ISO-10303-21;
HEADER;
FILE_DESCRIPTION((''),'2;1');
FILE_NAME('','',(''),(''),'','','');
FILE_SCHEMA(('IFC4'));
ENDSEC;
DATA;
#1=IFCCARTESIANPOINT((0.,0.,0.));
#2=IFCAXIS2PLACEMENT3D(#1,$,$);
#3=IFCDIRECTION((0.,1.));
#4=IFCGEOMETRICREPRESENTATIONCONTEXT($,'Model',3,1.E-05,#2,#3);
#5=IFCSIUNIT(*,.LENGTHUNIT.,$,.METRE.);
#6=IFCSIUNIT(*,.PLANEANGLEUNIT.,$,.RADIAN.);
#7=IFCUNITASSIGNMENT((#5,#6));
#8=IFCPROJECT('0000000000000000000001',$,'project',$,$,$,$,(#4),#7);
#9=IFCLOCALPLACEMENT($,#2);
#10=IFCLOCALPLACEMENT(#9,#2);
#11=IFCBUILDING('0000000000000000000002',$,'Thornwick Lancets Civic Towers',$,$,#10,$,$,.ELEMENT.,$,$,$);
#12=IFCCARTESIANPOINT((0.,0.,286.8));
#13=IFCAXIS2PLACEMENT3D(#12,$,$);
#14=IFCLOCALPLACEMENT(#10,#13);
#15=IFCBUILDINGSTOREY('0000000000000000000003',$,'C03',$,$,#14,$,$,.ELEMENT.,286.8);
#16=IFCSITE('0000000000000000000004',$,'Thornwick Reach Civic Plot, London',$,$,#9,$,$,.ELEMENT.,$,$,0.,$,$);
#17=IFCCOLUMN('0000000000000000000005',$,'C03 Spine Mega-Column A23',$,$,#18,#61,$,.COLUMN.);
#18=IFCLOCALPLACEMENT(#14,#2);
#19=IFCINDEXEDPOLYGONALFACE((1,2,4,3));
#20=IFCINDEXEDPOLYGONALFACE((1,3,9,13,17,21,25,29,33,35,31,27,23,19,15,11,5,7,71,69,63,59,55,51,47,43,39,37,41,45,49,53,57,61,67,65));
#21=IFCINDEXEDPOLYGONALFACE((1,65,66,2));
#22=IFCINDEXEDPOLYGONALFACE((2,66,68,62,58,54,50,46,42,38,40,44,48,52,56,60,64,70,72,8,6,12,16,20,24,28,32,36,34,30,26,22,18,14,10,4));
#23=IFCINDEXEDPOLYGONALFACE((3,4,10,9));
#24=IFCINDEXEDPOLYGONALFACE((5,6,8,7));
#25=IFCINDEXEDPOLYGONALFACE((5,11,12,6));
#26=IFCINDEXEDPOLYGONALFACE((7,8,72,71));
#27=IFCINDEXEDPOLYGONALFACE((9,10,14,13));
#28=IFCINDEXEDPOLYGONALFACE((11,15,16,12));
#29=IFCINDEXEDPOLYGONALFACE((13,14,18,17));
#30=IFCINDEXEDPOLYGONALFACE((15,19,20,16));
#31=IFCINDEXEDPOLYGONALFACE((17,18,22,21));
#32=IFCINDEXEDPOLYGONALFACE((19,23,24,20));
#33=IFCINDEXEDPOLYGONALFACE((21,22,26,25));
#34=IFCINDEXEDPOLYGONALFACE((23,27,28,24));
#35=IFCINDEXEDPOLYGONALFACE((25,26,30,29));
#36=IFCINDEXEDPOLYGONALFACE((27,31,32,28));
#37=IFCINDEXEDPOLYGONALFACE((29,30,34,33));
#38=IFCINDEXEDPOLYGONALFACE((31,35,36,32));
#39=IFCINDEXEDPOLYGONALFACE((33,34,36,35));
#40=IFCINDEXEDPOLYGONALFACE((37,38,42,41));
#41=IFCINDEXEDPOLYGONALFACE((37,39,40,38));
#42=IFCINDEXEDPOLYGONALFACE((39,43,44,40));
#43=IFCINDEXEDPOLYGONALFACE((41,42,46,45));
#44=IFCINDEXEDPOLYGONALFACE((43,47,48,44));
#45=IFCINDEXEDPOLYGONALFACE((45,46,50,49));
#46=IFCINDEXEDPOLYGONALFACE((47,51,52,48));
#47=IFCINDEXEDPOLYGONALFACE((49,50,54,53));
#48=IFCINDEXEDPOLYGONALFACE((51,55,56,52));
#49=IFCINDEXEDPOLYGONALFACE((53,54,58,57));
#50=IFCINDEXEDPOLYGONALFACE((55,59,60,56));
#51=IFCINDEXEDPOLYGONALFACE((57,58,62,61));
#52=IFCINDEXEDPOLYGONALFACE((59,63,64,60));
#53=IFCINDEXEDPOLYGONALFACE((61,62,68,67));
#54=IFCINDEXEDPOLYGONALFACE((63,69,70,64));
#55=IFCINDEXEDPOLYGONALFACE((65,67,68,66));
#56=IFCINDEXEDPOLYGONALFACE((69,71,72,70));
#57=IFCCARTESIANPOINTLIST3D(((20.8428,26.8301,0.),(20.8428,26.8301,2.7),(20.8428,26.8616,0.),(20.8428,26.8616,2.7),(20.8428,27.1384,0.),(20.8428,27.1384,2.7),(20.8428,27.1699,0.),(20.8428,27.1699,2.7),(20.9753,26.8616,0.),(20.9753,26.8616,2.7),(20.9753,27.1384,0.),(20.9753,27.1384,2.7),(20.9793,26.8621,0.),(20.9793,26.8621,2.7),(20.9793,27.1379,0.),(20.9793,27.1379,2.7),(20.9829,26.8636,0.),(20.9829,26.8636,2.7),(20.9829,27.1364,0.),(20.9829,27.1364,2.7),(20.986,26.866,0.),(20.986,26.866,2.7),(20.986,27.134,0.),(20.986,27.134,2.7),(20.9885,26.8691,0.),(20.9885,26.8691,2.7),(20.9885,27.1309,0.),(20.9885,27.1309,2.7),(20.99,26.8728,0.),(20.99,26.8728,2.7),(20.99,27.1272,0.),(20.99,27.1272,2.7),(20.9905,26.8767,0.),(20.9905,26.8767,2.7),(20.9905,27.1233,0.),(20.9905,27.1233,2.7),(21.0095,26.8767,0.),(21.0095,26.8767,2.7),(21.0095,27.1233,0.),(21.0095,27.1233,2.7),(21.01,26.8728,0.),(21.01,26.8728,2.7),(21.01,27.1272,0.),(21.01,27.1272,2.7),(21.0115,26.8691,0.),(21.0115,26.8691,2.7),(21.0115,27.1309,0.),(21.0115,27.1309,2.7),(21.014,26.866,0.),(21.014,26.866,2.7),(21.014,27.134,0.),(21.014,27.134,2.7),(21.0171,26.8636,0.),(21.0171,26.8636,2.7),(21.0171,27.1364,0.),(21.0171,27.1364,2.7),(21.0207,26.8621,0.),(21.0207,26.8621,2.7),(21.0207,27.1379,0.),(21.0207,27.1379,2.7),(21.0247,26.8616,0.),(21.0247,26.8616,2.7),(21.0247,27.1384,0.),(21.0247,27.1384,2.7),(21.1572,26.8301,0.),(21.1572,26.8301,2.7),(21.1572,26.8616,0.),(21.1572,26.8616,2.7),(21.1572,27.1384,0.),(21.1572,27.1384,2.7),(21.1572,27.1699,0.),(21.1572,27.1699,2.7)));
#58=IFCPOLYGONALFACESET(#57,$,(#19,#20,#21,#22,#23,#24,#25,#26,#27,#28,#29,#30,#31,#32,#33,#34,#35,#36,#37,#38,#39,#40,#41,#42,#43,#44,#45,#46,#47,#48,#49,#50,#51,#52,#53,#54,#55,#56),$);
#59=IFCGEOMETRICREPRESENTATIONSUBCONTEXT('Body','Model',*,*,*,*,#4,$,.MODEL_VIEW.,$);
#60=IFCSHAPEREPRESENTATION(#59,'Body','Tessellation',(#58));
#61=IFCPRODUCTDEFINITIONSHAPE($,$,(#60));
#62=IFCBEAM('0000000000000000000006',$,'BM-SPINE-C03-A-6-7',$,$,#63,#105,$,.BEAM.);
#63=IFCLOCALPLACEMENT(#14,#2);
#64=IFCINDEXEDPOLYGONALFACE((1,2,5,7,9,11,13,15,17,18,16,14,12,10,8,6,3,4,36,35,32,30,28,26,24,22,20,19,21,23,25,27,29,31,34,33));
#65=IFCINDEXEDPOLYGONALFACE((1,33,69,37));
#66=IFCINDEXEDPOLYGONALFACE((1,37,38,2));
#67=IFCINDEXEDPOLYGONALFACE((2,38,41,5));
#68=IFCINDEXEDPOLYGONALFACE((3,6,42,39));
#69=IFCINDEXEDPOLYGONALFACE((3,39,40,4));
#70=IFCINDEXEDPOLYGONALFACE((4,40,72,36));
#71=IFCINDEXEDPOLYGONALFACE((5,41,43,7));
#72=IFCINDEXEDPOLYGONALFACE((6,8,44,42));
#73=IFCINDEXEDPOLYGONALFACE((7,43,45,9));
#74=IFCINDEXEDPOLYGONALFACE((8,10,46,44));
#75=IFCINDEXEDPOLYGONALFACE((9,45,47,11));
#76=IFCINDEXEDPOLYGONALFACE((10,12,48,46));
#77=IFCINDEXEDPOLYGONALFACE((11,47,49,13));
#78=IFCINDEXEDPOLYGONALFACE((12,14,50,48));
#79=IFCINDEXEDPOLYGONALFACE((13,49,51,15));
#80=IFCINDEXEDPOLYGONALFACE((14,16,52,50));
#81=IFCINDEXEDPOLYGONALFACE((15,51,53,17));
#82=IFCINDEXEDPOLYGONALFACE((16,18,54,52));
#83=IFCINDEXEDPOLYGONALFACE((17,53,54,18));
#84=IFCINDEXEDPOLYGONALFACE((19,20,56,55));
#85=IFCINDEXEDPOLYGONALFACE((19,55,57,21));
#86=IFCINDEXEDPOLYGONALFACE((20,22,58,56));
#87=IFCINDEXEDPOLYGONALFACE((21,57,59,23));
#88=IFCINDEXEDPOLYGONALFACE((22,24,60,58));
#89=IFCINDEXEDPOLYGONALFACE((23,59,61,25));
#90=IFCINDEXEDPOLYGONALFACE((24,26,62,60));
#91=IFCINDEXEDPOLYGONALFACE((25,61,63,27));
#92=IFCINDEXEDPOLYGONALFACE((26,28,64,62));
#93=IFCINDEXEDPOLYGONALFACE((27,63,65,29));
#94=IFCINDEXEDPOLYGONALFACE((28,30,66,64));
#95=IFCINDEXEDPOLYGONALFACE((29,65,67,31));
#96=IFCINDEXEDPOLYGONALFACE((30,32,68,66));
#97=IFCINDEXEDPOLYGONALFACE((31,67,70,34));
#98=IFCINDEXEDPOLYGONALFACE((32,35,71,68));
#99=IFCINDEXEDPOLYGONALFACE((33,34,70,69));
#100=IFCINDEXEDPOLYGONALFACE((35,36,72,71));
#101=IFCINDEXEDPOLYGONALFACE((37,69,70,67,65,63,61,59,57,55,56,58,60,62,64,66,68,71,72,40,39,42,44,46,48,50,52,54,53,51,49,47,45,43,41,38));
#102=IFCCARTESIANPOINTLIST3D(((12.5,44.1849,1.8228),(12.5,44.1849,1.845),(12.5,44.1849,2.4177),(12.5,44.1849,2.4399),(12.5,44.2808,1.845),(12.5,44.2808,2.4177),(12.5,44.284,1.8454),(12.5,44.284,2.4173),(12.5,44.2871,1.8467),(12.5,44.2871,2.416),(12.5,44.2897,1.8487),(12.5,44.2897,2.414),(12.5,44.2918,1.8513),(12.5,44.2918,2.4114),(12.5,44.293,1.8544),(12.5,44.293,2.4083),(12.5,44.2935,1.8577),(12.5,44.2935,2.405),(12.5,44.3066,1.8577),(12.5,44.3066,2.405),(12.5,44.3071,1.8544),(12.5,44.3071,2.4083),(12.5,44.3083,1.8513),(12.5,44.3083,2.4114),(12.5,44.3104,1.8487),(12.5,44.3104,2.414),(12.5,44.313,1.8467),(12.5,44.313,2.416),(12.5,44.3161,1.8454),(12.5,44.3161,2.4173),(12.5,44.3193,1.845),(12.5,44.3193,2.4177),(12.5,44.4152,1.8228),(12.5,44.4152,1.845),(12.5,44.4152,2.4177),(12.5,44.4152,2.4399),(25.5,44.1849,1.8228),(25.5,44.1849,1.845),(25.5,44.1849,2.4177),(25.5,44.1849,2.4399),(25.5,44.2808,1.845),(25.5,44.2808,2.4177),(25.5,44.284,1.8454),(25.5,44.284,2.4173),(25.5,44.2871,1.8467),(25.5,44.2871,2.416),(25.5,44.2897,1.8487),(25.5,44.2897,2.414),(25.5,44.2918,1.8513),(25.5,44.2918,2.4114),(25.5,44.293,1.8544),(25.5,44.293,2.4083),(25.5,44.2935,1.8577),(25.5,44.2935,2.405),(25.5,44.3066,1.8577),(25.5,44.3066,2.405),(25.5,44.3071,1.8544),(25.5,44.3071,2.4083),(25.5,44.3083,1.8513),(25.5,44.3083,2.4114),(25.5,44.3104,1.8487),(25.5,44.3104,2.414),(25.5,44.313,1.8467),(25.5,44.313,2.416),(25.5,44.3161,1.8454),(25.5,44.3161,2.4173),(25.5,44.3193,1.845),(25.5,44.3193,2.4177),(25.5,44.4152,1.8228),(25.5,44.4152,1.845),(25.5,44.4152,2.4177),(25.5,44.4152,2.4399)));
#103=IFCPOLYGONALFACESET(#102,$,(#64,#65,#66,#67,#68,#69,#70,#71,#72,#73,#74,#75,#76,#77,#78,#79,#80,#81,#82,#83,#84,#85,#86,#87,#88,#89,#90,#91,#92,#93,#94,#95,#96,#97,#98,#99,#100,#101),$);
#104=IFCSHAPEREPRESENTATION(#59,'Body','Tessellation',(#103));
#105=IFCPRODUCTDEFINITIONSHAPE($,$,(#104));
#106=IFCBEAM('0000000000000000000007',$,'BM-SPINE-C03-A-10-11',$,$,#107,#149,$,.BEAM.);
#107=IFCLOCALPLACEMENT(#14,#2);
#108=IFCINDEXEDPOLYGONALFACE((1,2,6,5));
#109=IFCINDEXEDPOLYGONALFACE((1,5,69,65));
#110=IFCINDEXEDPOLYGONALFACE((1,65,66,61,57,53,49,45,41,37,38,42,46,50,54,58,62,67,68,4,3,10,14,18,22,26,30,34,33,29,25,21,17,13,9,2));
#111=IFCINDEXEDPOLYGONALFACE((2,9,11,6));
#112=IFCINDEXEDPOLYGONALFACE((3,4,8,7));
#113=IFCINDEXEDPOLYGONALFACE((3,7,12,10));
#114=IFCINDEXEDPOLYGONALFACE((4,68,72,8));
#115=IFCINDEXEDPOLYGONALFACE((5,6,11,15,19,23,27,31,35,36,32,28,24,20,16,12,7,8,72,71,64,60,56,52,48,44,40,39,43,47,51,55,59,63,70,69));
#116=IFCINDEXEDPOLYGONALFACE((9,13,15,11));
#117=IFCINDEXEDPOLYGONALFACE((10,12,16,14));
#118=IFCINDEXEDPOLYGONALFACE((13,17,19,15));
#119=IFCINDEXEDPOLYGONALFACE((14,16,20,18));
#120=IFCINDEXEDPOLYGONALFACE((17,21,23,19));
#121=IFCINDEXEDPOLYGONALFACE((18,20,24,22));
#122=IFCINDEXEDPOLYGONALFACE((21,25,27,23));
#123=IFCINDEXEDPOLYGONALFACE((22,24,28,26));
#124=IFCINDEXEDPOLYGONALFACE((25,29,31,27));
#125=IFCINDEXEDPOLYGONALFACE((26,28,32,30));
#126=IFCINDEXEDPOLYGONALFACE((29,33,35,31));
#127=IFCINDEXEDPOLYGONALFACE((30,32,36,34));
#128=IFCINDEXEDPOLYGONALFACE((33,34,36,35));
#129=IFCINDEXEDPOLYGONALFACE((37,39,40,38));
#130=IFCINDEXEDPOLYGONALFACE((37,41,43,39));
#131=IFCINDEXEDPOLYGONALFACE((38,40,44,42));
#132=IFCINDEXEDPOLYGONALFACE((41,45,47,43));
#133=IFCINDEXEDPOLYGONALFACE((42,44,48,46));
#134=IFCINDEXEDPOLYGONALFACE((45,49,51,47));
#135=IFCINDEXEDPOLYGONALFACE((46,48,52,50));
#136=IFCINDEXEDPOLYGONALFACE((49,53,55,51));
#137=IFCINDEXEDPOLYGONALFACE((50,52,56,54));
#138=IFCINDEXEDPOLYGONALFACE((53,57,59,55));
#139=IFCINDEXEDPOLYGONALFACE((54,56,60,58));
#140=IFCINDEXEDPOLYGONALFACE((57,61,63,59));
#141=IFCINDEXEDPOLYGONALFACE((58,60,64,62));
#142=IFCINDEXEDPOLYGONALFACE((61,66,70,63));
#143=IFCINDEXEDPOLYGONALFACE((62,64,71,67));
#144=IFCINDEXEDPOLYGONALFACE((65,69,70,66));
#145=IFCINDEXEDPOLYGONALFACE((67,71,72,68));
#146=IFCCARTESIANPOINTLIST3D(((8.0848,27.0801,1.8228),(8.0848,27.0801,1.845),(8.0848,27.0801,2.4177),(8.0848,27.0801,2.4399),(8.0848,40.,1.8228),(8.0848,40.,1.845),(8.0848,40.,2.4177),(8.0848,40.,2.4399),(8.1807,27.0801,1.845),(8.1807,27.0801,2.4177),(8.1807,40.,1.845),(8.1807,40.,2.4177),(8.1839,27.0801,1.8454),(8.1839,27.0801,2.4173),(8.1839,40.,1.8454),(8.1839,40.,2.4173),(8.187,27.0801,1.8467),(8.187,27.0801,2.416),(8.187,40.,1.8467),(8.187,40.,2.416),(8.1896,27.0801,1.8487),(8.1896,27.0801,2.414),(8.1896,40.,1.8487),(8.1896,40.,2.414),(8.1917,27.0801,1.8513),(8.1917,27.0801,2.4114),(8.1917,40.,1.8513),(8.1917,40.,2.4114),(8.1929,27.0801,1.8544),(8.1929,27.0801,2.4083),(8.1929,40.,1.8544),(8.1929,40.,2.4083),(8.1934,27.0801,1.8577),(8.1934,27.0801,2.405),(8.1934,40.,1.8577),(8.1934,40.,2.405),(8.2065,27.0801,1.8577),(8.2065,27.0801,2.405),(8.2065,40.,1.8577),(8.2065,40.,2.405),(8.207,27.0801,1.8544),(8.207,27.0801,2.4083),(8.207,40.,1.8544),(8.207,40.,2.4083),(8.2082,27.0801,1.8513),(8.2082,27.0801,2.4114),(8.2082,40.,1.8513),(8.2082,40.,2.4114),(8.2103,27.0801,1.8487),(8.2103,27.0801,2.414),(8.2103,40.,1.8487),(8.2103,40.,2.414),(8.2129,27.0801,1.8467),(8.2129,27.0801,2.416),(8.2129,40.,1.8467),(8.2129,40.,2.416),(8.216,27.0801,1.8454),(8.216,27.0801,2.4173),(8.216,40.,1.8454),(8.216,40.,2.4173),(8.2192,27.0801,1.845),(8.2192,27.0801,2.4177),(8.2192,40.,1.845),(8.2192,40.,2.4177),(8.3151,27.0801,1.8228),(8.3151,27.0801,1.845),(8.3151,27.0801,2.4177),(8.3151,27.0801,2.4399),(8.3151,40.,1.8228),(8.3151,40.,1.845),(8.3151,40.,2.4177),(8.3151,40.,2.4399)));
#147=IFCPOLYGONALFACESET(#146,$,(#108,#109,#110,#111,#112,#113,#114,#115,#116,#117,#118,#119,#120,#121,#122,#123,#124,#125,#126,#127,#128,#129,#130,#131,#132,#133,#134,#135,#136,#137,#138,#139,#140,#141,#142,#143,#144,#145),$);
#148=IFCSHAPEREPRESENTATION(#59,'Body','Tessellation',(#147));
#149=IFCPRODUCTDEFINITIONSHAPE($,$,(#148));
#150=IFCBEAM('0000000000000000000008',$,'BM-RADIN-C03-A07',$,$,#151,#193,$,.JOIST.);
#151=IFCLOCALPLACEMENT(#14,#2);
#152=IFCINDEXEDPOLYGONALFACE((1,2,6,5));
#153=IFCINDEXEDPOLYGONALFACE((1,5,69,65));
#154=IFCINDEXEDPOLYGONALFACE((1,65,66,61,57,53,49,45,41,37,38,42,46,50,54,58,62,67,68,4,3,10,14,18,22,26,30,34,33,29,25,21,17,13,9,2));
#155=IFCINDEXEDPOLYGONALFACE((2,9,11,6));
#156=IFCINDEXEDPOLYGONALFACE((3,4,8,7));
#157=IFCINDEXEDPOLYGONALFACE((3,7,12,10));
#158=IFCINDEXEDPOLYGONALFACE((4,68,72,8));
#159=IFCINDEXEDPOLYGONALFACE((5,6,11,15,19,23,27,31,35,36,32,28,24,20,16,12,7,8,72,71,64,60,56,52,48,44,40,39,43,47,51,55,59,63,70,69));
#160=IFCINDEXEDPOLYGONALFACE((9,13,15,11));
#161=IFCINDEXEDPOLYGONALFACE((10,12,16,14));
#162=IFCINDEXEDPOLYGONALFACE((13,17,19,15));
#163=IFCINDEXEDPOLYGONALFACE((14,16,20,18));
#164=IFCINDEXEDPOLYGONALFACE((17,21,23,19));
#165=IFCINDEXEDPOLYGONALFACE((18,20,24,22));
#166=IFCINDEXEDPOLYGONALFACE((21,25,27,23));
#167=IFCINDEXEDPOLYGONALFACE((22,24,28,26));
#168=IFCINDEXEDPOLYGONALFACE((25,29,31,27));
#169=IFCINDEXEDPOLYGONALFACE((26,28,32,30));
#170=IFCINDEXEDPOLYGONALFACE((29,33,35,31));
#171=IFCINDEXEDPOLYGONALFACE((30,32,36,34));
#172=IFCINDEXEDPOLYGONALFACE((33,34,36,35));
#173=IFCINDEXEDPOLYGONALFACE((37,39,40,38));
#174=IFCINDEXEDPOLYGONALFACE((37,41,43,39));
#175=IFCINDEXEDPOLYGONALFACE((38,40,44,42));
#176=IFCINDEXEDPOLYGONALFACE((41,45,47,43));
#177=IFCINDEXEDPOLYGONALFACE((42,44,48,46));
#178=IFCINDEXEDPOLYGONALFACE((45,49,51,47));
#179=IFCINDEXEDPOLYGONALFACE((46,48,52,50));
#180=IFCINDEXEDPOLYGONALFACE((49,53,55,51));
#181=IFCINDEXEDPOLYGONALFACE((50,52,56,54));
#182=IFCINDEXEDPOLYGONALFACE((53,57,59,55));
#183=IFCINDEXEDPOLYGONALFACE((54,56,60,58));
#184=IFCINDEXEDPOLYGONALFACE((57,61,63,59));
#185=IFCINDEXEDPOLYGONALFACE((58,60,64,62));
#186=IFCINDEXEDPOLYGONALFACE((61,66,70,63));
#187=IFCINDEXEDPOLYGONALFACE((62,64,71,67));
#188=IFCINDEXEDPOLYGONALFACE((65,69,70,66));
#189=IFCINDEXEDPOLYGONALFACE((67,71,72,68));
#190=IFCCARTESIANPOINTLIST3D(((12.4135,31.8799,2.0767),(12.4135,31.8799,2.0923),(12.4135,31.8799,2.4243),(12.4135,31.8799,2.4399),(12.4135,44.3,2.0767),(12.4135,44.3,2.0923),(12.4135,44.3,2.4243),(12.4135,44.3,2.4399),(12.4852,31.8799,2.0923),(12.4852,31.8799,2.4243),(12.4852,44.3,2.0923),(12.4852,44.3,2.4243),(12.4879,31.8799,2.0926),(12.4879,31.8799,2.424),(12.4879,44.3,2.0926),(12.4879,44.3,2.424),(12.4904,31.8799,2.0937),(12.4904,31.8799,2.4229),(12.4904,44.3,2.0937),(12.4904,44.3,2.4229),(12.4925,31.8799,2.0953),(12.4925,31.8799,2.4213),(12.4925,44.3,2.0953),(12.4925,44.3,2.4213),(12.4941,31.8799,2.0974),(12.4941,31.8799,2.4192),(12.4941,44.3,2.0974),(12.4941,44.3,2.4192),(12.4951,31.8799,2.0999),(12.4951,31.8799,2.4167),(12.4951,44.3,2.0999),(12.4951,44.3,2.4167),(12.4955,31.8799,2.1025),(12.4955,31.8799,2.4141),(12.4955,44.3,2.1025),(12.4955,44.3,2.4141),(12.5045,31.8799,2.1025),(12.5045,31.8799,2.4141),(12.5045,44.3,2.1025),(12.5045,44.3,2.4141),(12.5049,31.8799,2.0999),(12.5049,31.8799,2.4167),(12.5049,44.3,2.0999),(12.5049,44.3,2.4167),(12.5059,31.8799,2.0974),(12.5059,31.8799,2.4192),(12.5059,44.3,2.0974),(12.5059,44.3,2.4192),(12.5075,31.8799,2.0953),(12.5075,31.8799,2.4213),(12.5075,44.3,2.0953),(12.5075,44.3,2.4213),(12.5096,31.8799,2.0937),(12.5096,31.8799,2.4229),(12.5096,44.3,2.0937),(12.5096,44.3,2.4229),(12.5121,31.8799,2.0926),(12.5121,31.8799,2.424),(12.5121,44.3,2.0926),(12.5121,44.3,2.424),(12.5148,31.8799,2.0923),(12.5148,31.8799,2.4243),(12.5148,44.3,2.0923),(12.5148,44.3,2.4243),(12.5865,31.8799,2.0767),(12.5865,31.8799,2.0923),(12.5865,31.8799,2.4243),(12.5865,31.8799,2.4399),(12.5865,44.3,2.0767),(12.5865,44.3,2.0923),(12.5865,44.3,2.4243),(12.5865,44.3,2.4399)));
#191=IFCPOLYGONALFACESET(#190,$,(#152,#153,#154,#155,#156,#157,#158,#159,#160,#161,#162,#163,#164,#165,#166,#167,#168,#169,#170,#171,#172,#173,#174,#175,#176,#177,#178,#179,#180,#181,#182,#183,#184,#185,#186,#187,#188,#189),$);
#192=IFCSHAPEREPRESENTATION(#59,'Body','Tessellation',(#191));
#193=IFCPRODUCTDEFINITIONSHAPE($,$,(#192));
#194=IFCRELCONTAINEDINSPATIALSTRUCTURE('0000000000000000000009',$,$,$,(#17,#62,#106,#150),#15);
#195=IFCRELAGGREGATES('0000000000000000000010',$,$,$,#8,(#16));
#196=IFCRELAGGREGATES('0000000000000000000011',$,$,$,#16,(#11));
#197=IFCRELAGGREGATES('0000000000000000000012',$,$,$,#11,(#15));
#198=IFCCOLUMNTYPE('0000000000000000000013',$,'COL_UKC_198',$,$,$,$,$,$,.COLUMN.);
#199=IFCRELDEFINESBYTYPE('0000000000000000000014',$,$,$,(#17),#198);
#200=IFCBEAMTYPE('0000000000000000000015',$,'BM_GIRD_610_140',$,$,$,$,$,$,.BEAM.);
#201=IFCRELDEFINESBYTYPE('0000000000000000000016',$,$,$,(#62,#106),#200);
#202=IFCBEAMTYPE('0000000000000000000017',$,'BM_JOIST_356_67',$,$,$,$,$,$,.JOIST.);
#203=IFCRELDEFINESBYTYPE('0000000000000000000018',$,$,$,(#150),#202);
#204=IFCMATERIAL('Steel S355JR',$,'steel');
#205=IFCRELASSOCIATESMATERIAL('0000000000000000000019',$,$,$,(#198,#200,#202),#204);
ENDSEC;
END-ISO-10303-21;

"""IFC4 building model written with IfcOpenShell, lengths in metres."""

from ifc_helpers import new_model, si_unit, direction, frame, origin, origin_2d, place, context, subcontext, project, spatial, i_section, extrude, material, material_profile, profile_set, type_object, element, save


model = new_model("IFC4")

# Units and contexts
model_context = context("Model", 3, precision=1e-05, world=origin(), true_north=direction((0.0, 1.0)))
body_context = subcontext(model_context, "Body", "Model", "MODEL_VIEW")
ifc_project = project(units=[si_unit("LENGTHUNIT", "METRE"), si_unit("PLANEANGLEUNIT", "RADIAN")], contexts=[model_context])

# Site, building, storey
site_placement = place(None, origin())
site = spatial("IfcSite", under=ifc_project, at=site_placement, Name="Thornwick Reach Civic Plot, London", CompositionType="ELEMENT", RefElevation=0.0)
building_placement = place(site_placement, origin())
building = spatial("IfcBuilding", under=site, at=building_placement, Name="Thornwick Lancets Civic Towers", CompositionType="ELEMENT")
storey_placement = place(building_placement, frame((0.0, 0.0, 286.8)))
storey = spatial("IfcBuildingStorey", under=building, at=storey_placement, Name="C03", CompositionType="ELEMENT", Elevation=286.8)

# Column
ifc_material_1 = material(Name="Steel S355JR", Category="steel")
ifc_material_profile_1 = material_profile(ifc_material_1, i_section(OverallWidth=0.3145, OverallDepth=0.3398, WebThickness=0.019, FlangeThickness=0.0315, FilletRadius=0.0151, at=origin_2d()), Name="UKC 305x305x198")
ifc_profile_set_1 = profile_set([ifc_material_profile_1], Name="Steel S355JR")
column_type = type_object("IfcColumnType", Name="COL_UKC_198", PredefinedType="COLUMN", material=ifc_profile_set_1)
for number, where, z_axis, x_axis, name in (
    (1, (21.0, 27.0, 0.0), (0.0, 0.0, 1.0), (1.0, 0.0, 0.0), "C03 Spine Mega-Column A23"),
):
    element("IfcColumn", number, at=place(storey_placement, frame(where, z_axis=z_axis, x_axis=x_axis)), inside=storey, type_object=column_type, Name=name, PredefinedType="COLUMN", context=body_context, shape_type="SweptSolid", body=[
        extrude(i_section(OverallWidth=0.3145, OverallDepth=0.3398, WebThickness=0.019, FlangeThickness=0.0315, FilletRadius=0.0151, at=origin_2d()), origin(), (0.0, 0.0, 1.0), 2.7),
    ])

# Beams
ifc_material_profile_2 = material_profile(ifc_material_1, i_section(OverallWidth=0.2302, OverallDepth=0.6172, WebThickness=0.0132, FlangeThickness=0.0222, FilletRadius=0.0127, at=origin_2d()), Name="UKB 610x229x140")
ifc_profile_set_2 = profile_set([ifc_material_profile_2], Name="Steel S355JR")
beam_type_1 = type_object("IfcBeamType", Name="BM_GIRD_610_140", PredefinedType="BEAM", material=ifc_profile_set_2)
beam_1_placement = place(storey_placement, frame((12.5, 44.3, 2.1313), z_axis=(1.0, 0.0, 0.0), x_axis=(0.0, 1.0, 0.0)))
element("IfcBeam", 2, at=beam_1_placement, inside=storey, type_object=beam_type_1, Name="BM-SPINE-C03-A-6-7", PredefinedType="BEAM", context=body_context, shape_type="SweptSolid", body=[
    extrude(i_section(OverallWidth=0.2302, OverallDepth=0.6172, WebThickness=0.0132, FlangeThickness=0.0222, FilletRadius=0.0127, at=origin_2d()), origin(), (0.0, 0.0, 1.0), 13.0),
])
beam_2_placement = place(storey_placement, frame((8.2, 27.0801, 2.1313), z_axis=(0.0, 1.0, 0.0), x_axis=(-1.0, 0.0, 0.0)))
element("IfcBeam", 3, at=beam_2_placement, inside=storey, type_object=beam_type_1, Name="BM-SPINE-C03-A-10-11", PredefinedType="BEAM", context=body_context, shape_type="SweptSolid", body=[
    extrude(i_section(OverallWidth=0.2302, OverallDepth=0.6172, WebThickness=0.0132, FlangeThickness=0.0222, FilletRadius=0.0127, at=origin_2d()), origin(), (0.0, 0.0, 1.0), 12.9199),
])
ifc_material_profile_3 = material_profile(ifc_material_1, i_section(OverallWidth=0.1731, OverallDepth=0.3633, WebThickness=0.009, FlangeThickness=0.0156, FilletRadius=0.0103, at=origin_2d()), Name="UKB 356x171x67")
ifc_profile_set_3 = profile_set([ifc_material_profile_3], Name="Steel S355JR")
beam_type_2 = type_object("IfcBeamType", Name="BM_JOIST_356_67", PredefinedType="JOIST", material=ifc_profile_set_3)
beam_3_placement = place(storey_placement, frame((12.5, 31.8799, 2.2583), z_axis=(0.0, 1.0, 0.0), x_axis=(-1.0, 0.0, 0.0)))
element("IfcBeam", 4, at=beam_3_placement, inside=storey, type_object=beam_type_2, Name="BM-RADIN-C03-A07", PredefinedType="JOIST", context=body_context, shape_type="SweptSolid", body=[
    extrude(i_section(OverallWidth=0.1731, OverallDepth=0.3633, WebThickness=0.009, FlangeThickness=0.0156, FilletRadius=0.0103, at=origin_2d()), origin(), (0.0, 0.0, 1.0), 12.4202),
])

save(model, "model.ifc")
